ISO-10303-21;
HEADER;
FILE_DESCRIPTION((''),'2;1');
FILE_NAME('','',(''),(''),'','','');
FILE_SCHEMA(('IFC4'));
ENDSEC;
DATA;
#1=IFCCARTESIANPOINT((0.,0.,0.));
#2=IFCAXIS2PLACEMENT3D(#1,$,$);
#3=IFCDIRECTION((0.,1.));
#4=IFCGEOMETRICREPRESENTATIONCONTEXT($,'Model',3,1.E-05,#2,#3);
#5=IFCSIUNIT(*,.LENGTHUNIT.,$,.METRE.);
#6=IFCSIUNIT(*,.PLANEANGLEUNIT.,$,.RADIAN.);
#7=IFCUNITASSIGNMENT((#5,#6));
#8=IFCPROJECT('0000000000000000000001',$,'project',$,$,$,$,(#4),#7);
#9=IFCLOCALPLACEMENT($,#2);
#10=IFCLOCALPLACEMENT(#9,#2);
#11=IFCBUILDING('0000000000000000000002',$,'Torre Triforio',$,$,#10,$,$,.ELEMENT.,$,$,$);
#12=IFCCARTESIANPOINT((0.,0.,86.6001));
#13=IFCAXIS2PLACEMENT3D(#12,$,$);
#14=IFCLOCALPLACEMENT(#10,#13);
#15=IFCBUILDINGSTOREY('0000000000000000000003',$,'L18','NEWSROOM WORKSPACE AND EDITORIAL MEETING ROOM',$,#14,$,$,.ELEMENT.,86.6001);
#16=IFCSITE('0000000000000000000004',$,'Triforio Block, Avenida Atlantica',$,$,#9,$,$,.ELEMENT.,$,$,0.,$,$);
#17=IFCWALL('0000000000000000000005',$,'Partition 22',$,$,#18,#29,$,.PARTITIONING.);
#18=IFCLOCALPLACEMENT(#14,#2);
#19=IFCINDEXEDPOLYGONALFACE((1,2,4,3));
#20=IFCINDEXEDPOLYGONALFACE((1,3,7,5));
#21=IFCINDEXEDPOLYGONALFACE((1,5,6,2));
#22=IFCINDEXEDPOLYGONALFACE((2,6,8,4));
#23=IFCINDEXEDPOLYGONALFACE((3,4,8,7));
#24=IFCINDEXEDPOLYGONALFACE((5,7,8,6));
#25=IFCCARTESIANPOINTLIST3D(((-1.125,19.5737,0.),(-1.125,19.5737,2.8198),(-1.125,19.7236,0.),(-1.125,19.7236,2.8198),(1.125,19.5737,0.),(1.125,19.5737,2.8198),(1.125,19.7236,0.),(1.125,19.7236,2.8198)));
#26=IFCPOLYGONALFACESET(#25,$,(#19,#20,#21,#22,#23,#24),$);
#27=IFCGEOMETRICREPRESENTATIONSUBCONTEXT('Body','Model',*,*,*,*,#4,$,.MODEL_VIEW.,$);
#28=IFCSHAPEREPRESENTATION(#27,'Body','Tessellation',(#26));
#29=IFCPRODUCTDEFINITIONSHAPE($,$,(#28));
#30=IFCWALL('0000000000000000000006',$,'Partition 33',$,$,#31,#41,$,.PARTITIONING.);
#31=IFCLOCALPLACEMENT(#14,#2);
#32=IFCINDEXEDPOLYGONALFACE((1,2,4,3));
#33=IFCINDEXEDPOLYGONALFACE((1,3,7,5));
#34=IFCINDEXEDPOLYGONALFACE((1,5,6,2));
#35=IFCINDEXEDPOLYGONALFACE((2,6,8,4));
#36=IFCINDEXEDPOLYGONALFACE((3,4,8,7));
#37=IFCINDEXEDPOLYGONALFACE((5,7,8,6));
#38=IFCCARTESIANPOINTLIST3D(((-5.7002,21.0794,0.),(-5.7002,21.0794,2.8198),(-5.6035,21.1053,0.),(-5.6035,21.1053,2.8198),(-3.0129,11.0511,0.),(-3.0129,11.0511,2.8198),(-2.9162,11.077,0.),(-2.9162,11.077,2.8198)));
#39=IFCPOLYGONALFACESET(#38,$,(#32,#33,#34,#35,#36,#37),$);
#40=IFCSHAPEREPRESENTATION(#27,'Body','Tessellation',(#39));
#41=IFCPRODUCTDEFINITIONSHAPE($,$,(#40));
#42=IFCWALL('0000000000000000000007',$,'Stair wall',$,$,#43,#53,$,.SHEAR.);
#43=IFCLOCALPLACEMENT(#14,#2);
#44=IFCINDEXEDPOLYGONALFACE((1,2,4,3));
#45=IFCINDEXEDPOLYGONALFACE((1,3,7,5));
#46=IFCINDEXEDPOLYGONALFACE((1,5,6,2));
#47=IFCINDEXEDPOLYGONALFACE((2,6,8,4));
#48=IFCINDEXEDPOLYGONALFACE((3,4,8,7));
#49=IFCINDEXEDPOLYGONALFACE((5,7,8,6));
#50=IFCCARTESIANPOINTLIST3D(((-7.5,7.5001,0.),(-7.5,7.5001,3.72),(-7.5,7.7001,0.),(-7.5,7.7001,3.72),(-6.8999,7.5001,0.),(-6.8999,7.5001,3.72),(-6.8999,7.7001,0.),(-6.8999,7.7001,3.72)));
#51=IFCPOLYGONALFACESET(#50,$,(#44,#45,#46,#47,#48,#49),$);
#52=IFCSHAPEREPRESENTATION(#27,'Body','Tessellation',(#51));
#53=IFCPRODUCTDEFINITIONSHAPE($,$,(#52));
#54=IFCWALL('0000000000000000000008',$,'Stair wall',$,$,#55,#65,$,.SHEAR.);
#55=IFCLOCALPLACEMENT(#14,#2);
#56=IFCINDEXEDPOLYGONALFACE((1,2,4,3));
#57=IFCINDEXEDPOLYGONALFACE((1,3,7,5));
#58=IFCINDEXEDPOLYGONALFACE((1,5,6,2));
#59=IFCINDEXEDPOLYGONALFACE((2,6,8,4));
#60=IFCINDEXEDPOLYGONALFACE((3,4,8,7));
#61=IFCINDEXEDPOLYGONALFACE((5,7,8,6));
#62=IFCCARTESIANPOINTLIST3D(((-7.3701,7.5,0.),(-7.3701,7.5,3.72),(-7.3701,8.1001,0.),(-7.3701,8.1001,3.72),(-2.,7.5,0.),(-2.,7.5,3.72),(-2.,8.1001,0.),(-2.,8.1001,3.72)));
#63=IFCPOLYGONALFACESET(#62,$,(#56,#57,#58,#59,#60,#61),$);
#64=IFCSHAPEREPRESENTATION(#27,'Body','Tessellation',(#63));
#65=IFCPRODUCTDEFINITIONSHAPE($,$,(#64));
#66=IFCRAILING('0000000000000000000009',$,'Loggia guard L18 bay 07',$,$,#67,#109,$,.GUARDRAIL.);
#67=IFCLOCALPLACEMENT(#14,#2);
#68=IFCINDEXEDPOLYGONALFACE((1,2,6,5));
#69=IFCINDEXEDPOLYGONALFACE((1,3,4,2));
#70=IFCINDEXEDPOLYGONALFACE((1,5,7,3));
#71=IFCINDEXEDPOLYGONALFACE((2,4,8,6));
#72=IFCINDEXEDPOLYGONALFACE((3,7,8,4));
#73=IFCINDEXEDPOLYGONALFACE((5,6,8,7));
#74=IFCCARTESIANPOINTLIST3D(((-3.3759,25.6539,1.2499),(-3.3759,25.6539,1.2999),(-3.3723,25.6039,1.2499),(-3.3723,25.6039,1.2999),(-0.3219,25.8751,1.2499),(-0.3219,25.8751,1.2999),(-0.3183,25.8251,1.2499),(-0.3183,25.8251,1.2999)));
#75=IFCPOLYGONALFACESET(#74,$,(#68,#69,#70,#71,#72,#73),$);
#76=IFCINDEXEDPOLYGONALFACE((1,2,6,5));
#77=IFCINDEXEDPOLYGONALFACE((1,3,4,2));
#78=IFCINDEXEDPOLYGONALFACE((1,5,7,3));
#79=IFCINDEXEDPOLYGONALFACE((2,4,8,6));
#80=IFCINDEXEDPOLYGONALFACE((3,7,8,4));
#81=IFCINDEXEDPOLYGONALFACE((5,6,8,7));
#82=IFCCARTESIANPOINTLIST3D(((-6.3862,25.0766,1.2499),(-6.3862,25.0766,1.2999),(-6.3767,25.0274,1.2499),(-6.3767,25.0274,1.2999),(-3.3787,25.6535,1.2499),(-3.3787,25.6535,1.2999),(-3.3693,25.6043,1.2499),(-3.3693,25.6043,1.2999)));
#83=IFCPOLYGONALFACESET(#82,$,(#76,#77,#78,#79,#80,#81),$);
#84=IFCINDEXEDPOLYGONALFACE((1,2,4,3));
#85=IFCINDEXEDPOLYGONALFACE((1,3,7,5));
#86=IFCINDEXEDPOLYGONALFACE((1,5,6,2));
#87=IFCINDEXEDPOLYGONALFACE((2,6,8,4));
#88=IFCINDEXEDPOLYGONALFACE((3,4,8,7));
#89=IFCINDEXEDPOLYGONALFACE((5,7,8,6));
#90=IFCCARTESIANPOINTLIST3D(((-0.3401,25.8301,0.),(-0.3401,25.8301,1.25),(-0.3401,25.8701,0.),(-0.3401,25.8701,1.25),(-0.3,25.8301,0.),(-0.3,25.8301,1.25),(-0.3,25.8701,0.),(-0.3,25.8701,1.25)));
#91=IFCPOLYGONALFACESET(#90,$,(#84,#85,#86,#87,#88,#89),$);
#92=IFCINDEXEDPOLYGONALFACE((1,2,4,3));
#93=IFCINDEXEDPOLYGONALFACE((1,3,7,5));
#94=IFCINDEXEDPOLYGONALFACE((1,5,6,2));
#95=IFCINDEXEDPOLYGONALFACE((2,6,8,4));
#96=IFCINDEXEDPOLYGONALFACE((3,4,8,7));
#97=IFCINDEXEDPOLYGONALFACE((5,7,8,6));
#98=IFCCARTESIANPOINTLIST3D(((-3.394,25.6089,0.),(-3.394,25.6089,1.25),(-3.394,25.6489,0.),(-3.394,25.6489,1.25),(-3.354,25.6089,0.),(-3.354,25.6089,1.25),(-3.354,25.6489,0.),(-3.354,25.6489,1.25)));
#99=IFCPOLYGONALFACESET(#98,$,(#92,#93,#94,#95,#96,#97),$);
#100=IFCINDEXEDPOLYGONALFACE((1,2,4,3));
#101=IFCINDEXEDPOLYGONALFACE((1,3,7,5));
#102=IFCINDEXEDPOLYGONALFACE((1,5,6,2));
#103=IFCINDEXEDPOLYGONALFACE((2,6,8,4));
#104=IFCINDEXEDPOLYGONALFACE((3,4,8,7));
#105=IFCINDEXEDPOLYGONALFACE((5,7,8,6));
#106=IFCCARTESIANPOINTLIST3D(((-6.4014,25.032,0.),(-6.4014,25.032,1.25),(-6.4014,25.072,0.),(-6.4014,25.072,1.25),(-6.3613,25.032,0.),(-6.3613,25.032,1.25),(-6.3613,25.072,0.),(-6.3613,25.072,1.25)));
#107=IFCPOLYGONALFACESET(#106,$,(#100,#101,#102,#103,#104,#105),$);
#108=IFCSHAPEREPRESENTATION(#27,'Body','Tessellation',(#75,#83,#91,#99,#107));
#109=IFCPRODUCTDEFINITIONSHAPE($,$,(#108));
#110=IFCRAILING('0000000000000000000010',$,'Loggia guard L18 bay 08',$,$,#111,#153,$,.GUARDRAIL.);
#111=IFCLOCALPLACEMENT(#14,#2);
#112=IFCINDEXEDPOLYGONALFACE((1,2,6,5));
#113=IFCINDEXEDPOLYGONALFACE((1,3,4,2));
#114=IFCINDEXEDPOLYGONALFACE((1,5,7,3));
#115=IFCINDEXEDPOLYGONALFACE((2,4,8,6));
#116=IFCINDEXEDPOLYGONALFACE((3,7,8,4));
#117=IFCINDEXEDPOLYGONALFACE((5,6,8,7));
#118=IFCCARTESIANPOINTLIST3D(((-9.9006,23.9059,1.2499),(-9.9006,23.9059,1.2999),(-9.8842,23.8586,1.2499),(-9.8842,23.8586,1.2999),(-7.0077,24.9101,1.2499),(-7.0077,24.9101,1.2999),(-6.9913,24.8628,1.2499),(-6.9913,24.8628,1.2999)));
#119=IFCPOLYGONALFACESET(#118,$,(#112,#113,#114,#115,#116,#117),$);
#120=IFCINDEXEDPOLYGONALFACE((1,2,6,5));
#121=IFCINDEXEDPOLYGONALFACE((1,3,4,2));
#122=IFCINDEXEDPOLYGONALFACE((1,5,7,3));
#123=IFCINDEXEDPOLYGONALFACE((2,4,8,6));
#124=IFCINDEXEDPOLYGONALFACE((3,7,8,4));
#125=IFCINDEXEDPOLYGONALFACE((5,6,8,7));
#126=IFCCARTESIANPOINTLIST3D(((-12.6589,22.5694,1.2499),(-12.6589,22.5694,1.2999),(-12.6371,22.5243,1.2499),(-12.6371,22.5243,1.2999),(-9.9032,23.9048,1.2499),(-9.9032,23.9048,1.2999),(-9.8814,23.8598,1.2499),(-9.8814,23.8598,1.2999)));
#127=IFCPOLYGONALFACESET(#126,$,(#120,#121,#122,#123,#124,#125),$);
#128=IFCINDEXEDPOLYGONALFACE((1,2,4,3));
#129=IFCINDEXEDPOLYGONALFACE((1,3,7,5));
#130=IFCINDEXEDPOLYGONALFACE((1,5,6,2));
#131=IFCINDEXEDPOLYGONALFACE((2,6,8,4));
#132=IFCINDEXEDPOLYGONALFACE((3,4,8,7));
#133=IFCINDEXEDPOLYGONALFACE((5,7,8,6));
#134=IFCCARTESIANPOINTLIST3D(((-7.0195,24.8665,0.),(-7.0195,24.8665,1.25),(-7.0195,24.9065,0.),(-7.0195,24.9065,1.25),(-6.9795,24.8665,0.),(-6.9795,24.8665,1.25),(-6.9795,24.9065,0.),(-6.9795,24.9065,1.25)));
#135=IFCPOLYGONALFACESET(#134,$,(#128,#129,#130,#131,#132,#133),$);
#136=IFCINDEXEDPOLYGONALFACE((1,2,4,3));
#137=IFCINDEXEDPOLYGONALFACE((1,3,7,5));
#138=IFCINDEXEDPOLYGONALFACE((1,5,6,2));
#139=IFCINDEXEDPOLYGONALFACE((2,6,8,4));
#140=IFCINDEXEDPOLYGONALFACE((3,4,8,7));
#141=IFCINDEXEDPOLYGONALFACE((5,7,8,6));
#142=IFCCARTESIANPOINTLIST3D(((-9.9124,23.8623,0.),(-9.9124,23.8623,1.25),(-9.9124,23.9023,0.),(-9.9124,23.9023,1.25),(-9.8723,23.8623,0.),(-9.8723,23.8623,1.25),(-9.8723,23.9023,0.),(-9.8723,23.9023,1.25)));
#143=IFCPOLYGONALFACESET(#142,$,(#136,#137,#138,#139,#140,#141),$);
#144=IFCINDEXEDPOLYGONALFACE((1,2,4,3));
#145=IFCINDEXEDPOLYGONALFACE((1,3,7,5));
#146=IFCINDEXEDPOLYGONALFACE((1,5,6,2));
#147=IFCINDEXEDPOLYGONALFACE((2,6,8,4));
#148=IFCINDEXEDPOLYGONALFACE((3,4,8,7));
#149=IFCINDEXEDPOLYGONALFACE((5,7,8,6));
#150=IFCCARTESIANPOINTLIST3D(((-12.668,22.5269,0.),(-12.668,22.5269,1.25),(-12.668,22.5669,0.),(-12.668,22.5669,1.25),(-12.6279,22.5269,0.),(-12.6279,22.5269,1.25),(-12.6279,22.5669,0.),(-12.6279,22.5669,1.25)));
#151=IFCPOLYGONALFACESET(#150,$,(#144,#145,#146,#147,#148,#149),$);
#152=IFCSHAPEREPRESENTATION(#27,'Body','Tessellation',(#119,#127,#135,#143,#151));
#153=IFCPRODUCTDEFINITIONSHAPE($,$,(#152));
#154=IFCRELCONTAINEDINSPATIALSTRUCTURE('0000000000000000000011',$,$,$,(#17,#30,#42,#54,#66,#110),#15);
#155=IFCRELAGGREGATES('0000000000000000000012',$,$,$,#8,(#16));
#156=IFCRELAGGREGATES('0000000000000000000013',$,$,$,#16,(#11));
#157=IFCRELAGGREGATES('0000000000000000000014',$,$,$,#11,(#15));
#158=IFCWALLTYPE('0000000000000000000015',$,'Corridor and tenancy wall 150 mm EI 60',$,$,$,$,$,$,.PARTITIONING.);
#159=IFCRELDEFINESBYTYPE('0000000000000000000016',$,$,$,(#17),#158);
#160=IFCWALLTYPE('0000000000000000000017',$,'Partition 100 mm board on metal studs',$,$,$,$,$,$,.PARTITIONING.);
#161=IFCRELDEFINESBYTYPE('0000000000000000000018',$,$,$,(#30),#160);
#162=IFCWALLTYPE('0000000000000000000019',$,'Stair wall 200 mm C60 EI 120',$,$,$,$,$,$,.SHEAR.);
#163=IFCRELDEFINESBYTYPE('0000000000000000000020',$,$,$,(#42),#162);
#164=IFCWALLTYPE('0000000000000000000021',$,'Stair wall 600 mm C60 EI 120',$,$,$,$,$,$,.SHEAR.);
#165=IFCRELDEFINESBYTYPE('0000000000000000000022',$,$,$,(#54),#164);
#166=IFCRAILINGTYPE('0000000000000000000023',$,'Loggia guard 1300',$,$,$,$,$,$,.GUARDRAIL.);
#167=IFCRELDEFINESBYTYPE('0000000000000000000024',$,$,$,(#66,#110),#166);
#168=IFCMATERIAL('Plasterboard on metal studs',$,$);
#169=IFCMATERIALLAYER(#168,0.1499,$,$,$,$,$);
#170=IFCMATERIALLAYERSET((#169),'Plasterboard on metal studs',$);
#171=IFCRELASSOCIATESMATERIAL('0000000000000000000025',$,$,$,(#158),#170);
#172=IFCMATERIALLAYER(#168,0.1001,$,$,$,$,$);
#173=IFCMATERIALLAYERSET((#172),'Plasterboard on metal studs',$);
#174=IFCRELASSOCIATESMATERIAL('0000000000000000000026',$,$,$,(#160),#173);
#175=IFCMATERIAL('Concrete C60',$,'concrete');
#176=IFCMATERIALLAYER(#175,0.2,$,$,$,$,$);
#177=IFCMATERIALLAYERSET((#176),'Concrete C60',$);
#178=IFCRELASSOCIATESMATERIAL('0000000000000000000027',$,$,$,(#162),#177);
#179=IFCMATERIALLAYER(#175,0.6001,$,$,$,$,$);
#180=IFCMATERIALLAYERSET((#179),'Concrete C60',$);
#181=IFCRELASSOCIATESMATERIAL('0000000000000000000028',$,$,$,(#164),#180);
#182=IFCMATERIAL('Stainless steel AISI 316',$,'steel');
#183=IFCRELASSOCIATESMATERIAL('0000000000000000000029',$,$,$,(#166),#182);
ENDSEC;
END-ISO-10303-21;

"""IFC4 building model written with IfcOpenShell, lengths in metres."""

from ifc_helpers import new_model, si_unit, direction, frame, frame_2d, origin, origin_2d, place, context, subcontext, project, spatial, rectangle, extrude, material, layer, layer_set, type_object, element, save


model = new_model("IFC4")

# Units and contexts
model_context = context("Model", 3, precision=1e-05, world=origin(), true_north=direction((0.0, 1.0)))
body_context = subcontext(model_context, "Body", "Model", "MODEL_VIEW")
ifc_project = project(units=[si_unit("LENGTHUNIT", "METRE"), si_unit("PLANEANGLEUNIT", "RADIAN")], contexts=[model_context])

# Site, building, storey
site_placement = place(None, origin())
site = spatial("IfcSite", under=ifc_project, at=site_placement, Name="Triforio Block, Avenida Atlantica", CompositionType="ELEMENT", RefElevation=0.0)
building_placement = place(site_placement, origin())
building = spatial("IfcBuilding", under=site, at=building_placement, Name="Torre Triforio", CompositionType="ELEMENT")
storey_placement = place(building_placement, frame((0.0, 0.0, 86.6001)))
storey = spatial("IfcBuildingStorey", under=building, at=storey_placement, Name="L18", Description="NEWSROOM WORKSPACE AND EDITORIAL MEETING ROOM", CompositionType="ELEMENT", Elevation=86.6001)

# Shared definitions
ifc_material_1 = material(Name="Concrete C60", Category="concrete")

# Shared definitions
ifc_material_2 = material(Name="Plasterboard on metal studs")
ifc_layer_1 = layer(ifc_material_2, 0.1499)
ifc_layer_set_1 = layer_set([ifc_layer_1], Name="Plasterboard on metal studs")
wall_type_1 = type_object("IfcWallType", Name="Corridor and tenancy wall 150 mm EI 60", PredefinedType="PARTITIONING", material=ifc_layer_set_1)

# Walls
wall_1_placement = place(storey_placement, frame((-1.125, 19.6487, 0.0), z_axis=(0.0, 0.0, 1.0), x_axis=(1.0, 0.0, 0.0)))
element("IfcWall", 1, at=wall_1_placement, inside=storey, type_object=wall_type_1, Name="Partition 22", PredefinedType="PARTITIONING", context=body_context, shape_type="SweptSolid", body=[
    extrude(rectangle(XDim=2.25, YDim=0.1499, at=frame_2d((1.125, 0.0))), origin(), (0.0, 0.0, 1.0), 2.8198),
])
ifc_layer_2 = layer(ifc_material_2, 0.1001)
ifc_layer_set_2 = layer_set([ifc_layer_2], Name="Plasterboard on metal studs")
wall_type_2 = type_object("IfcWallType", Name="Partition 100 mm board on metal studs", PredefinedType="PARTITIONING", material=ifc_layer_set_2)
wall_2_placement = place(storey_placement, frame((-2.9646, 11.0642, 0.0), z_axis=(0.0, 0.0, 1.0), x_axis=(-0.258835, 0.965922, 0.0)))
element("IfcWall", 2, at=wall_2_placement, inside=storey, type_object=wall_type_2, Name="Partition 33", PredefinedType="PARTITIONING", context=body_context, shape_type="SweptSolid", body=[
    extrude(rectangle(XDim=10.3821, YDim=0.1001, at=frame_2d((5.1909, 0.0))), origin(), (0.0, 0.0, 1.0), 2.8198),
])
ifc_layer_3 = layer(ifc_material_1, 0.2)
ifc_layer_set_3 = layer_set([ifc_layer_3], Name="Concrete C60")
wall_type_3 = type_object("IfcWallType", Name="Stair wall 200 mm C60 EI 120", PredefinedType="SHEAR", material=ifc_layer_set_3)
wall_3_placement = place(storey_placement, frame((-7.5, 7.6001, 0.0), z_axis=(0.0, 0.0, 1.0), x_axis=(1.0, 0.0, 0.0)))
element("IfcWall", 3, at=wall_3_placement, inside=storey, type_object=wall_type_3, Name="Stair wall", PredefinedType="SHEAR", context=body_context, shape_type="SweptSolid", body=[
    extrude(rectangle(XDim=0.6001, YDim=0.2, at=frame_2d((0.3, 0.0))), origin(), (0.0, 0.0, 1.0), 3.72),
])
ifc_layer_4 = layer(ifc_material_1, 0.6001)
ifc_layer_set_4 = layer_set([ifc_layer_4], Name="Concrete C60")
wall_type_4 = type_object("IfcWallType", Name="Stair wall 600 mm C60 EI 120", PredefinedType="SHEAR", material=ifc_layer_set_4)
wall_4_placement = place(storey_placement, frame((-7.3701, 7.8, 0.0), z_axis=(0.0, 0.0, 1.0), x_axis=(1.0, 0.0, 0.0)))
element("IfcWall", 4, at=wall_4_placement, inside=storey, type_object=wall_type_4, Name="Stair wall", PredefinedType="SHEAR", context=body_context, shape_type="SweptSolid", body=[
    extrude(rectangle(XDim=5.3701, YDim=0.6001, at=frame_2d((2.6851, 0.0))), origin(), (0.0, 0.0, 1.0), 3.72),
])

# Railings
ifc_material_3 = material(Name="Stainless steel AISI 316", Category="steel")
railing_type = type_object("IfcRailingType", Name="Loggia guard 1300", PredefinedType="GUARDRAIL", material=ifc_material_3)
railing_1_placement = place(storey_placement, frame((-0.3201, 25.8501, 0.0)))
element("IfcRailing", 5, at=railing_1_placement, inside=storey, type_object=railing_type, Name="Loggia guard L18 bay 07", PredefinedType="GUARDRAIL", context=body_context, shape_type="SweptSolid", body=[
    extrude(rectangle(XDim=0.05, YDim=0.05, at=origin_2d()), frame((0.0, 0.0, 1.2749), z_axis=(-0.997387, -0.072239, 0.0), x_axis=(0.072239, -0.997387, 0.0)), (0.0, 0.0, 1.0), 3.062),
    extrude(rectangle(XDim=0.05, YDim=0.05, at=origin_2d()), frame((-3.054, -0.2212, 1.2749), z_axis=(-0.982093, -0.188398, 0.0), x_axis=(0.188398, -0.982093, 0.0)), (0.0, 0.0, 1.0), 3.0623),
    extrude(rectangle(XDim=0.04, YDim=0.04, at=origin_2d()), origin(), (0.0, 0.0, 1.0), 1.25),
    extrude(rectangle(XDim=0.04, YDim=0.04, at=origin_2d()), frame((-3.054, -0.2212, 0.0)), (0.0, 0.0, 1.0), 1.25),
    extrude(rectangle(XDim=0.04, YDim=0.04, at=origin_2d()), frame((-6.0613, -0.7981, 0.0)), (0.0, 0.0, 1.0), 1.25),
])
railing_2_placement = place(storey_placement, frame((-6.9995, 24.8865, 0.0)))
element("IfcRailing", 6, at=railing_2_placement, inside=storey, type_object=railing_type, Name="Loggia guard L18 bay 08", PredefinedType="GUARDRAIL", context=body_context, shape_type="SweptSolid", body=[
    extrude(rectangle(XDim=0.05, YDim=0.05, at=origin_2d()), frame((0.0, 0.0, 1.2749), z_axis=(-0.944704, -0.327924, 0.0), x_axis=(0.327924, -0.944704, 0.0)), (0.0, 0.0, 1.0), 3.0623),
    extrude(rectangle(XDim=0.05, YDim=0.05, at=origin_2d()), frame((-2.8928, -1.0042, 1.2749), z_axis=(-0.899892, -0.436113, 0.0), x_axis=(0.436113, -0.899892, 0.0)), (0.0, 0.0, 1.0), 3.0623),
    extrude(rectangle(XDim=0.04, YDim=0.04, at=origin_2d()), origin(), (0.0, 0.0, 1.0), 1.25),
    extrude(rectangle(XDim=0.04, YDim=0.04, at=origin_2d()), frame((-2.8928, -1.0042, 0.0)), (0.0, 0.0, 1.0), 1.25),
    extrude(rectangle(XDim=0.04, YDim=0.04, at=origin_2d()), frame((-5.6484, -2.3396, 0.0)), (0.0, 0.0, 1.0), 1.25),
])

save(model, "model.ifc")
